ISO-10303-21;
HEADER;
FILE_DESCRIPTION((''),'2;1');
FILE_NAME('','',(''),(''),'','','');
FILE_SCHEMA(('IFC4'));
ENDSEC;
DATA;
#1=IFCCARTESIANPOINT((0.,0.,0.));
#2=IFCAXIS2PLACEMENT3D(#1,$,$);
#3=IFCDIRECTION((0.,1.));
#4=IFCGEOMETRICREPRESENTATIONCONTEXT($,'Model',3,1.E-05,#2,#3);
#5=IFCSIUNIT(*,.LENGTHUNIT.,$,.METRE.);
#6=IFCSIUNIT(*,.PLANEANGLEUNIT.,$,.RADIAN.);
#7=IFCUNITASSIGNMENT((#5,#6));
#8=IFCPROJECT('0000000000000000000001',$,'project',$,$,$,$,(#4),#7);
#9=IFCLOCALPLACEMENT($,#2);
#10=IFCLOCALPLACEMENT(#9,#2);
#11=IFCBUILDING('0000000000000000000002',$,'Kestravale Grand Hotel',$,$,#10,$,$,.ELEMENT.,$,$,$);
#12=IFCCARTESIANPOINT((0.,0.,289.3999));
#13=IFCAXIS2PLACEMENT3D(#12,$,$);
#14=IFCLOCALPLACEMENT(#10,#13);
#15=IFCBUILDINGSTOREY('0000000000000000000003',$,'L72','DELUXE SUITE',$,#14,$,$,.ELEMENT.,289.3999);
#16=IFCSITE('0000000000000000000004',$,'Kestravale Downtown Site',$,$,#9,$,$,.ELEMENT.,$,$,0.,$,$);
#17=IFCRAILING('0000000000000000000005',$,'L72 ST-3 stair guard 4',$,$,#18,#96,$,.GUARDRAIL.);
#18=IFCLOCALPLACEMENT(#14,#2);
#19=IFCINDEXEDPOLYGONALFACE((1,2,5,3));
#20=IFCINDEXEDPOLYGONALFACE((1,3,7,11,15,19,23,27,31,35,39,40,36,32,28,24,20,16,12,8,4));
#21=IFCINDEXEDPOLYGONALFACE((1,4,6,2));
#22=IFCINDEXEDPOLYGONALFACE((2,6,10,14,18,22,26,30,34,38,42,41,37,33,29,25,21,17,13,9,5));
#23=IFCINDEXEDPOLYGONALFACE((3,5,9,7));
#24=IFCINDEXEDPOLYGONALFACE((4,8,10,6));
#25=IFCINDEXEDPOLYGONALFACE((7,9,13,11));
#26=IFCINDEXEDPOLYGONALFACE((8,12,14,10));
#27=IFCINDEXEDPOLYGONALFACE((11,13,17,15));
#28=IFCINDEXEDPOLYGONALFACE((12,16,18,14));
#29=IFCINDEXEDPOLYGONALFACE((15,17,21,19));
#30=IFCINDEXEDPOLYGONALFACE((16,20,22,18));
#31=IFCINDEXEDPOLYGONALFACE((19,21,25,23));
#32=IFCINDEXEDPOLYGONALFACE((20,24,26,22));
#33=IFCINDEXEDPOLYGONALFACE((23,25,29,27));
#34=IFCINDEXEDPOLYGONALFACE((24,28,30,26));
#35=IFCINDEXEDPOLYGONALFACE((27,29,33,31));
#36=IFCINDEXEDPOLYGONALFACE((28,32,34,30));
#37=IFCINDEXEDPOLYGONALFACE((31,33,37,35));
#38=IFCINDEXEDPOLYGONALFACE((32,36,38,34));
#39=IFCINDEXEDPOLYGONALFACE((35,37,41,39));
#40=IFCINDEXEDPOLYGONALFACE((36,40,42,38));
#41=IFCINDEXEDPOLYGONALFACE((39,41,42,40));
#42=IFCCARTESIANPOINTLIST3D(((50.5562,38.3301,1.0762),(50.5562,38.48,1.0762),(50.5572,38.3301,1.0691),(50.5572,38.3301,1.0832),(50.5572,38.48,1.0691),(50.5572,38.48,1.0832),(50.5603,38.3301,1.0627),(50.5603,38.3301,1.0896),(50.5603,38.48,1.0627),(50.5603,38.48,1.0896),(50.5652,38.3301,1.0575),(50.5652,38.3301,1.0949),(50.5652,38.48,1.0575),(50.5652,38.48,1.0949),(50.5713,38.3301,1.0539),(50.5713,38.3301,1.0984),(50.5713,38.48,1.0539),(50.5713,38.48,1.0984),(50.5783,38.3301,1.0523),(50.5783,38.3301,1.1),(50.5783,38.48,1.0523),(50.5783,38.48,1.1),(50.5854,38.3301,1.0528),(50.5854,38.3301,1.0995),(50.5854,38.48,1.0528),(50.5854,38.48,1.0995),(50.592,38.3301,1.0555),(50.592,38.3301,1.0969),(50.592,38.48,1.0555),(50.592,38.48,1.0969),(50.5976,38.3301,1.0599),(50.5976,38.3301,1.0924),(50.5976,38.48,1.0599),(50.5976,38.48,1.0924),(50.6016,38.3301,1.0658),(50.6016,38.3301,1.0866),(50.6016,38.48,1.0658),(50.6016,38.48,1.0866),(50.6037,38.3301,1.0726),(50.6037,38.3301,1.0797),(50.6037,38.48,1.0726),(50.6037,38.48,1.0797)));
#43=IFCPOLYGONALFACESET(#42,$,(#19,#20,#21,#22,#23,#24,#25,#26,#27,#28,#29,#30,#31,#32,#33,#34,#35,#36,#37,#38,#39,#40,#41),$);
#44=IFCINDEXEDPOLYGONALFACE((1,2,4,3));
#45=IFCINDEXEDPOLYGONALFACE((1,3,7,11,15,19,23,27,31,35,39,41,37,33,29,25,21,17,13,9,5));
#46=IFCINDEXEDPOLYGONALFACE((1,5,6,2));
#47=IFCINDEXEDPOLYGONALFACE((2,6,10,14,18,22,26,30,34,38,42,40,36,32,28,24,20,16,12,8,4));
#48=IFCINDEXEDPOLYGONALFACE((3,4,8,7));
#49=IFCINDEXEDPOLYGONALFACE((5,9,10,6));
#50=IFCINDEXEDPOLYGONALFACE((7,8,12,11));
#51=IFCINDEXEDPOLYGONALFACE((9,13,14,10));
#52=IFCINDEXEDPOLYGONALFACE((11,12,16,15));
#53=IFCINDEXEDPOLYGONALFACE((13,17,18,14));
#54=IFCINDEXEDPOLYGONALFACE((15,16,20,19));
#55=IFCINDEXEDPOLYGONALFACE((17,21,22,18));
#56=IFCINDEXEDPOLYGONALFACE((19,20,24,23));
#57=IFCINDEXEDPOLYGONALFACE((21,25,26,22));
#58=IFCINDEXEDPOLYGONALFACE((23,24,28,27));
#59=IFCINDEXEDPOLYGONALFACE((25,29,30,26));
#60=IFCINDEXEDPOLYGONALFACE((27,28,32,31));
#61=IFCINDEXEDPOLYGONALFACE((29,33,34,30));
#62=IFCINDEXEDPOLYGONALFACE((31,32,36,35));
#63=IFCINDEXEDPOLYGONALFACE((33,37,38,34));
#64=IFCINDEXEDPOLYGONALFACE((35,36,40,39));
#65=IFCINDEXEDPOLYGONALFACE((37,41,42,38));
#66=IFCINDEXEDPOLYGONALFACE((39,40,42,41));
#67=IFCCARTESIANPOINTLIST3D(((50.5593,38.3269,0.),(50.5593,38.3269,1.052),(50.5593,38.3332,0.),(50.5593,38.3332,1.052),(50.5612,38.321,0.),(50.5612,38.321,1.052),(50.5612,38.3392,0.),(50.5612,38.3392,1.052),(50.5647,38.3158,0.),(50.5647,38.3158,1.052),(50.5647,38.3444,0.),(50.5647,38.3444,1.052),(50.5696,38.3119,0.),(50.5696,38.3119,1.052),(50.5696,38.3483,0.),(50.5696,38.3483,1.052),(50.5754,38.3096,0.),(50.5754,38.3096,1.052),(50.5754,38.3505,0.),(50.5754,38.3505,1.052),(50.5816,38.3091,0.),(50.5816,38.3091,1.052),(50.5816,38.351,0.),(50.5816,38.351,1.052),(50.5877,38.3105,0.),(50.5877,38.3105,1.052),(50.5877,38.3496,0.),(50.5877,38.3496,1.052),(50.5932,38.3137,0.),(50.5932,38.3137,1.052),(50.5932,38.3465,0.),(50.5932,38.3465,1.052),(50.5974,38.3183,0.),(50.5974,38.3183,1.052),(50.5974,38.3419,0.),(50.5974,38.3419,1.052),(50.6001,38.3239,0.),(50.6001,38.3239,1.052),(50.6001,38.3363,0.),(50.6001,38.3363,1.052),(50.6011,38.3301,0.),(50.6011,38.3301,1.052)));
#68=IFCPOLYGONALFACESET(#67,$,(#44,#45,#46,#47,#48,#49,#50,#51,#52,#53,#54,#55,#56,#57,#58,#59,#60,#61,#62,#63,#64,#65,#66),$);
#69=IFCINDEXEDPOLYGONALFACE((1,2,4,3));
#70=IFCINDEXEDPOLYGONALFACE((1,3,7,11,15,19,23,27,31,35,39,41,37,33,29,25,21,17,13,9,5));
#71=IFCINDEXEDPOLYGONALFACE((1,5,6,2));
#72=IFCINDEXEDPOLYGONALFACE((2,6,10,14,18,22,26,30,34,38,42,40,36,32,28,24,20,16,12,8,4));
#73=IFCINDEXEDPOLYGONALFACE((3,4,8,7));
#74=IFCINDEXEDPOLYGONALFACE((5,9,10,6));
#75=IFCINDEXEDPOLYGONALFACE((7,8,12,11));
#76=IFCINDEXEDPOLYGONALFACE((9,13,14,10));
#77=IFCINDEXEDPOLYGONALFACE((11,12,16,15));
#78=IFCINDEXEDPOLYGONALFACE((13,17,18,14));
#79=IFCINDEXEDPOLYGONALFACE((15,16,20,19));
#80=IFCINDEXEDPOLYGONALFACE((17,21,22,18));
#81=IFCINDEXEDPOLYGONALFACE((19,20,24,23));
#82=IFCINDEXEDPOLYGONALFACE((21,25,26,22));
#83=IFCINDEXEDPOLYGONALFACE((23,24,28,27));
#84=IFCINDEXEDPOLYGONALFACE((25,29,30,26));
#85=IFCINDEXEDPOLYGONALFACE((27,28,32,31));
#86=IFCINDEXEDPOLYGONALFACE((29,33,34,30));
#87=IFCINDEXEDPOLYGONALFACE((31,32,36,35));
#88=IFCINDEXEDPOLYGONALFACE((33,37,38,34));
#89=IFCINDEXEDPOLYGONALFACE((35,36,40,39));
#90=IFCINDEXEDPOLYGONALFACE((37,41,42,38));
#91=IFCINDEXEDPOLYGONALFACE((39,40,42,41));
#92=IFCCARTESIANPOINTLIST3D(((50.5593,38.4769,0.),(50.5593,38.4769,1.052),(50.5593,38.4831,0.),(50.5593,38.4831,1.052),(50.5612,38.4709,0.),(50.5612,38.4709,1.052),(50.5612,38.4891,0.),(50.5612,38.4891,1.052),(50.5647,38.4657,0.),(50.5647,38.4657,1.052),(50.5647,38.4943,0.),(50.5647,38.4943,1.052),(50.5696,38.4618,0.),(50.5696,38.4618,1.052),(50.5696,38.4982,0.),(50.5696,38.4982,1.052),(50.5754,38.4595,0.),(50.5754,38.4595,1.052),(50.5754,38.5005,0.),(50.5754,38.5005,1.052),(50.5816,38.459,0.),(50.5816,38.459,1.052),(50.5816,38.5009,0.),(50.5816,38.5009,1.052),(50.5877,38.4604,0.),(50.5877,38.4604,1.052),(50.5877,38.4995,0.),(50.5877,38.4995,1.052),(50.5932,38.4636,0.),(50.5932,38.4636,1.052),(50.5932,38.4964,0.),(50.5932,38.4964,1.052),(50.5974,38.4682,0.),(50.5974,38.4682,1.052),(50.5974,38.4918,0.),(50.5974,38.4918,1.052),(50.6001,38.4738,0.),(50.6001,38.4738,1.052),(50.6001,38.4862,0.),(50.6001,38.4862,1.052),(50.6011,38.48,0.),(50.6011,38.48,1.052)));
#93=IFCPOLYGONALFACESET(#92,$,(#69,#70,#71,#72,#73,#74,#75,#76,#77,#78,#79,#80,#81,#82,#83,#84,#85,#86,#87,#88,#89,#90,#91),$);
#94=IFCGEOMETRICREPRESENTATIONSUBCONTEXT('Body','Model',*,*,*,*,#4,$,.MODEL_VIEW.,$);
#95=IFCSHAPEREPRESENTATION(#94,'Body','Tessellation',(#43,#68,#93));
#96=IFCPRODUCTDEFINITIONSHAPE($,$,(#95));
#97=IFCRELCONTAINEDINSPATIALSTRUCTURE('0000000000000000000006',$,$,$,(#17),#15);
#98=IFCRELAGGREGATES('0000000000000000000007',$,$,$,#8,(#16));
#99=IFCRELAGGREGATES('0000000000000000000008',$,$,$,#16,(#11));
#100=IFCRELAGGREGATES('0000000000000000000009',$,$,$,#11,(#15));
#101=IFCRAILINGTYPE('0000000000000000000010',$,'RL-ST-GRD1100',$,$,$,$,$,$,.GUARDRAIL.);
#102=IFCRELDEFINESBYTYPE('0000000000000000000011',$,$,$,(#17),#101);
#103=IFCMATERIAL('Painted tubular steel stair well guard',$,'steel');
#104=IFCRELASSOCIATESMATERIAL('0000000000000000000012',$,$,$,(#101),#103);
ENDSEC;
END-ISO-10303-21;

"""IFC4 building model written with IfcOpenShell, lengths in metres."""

from ifc_helpers import new_model, si_unit, direction, frame, origin, origin_2d, place, context, subcontext, project, spatial, circle, extrude, material, type_object, element, save


model = new_model("IFC4")

# Units and contexts
model_context = context("Model", 3, precision=1e-05, world=origin(), true_north=direction((0.0, 1.0)))
body_context = subcontext(model_context, "Body", "Model", "MODEL_VIEW")
ifc_project = project(units=[si_unit("LENGTHUNIT", "METRE"), si_unit("PLANEANGLEUNIT", "RADIAN")], contexts=[model_context])

# Site, building, storey
site_placement = place(None, origin())
site = spatial("IfcSite", under=ifc_project, at=site_placement, Name="Kestravale Downtown Site", CompositionType="ELEMENT", RefElevation=0.0)
building_placement = place(site_placement, origin())
building = spatial("IfcBuilding", under=site, at=building_placement, Name="Kestravale Grand Hotel", CompositionType="ELEMENT")
storey_placement = place(building_placement, frame((0.0, 0.0, 289.3999)))
storey = spatial("IfcBuildingStorey", under=building, at=storey_placement, Name="L72", Description="DELUXE SUITE", CompositionType="ELEMENT", Elevation=289.3999)

# Railing
ifc_material_1 = material(Name="Painted tubular steel stair well guard", Category="steel")
railing_type_1 = type_object("IfcRailingType", Name="RL-ST-GRD1100", PredefinedType="GUARDRAIL", material=ifc_material_1)
railing_1_placement = place(storey_placement, frame((50.5801, 38.3301, 0.0)))
element("IfcRailing", 1, at=railing_1_placement, inside=storey, type_object=railing_type_1, Name="L72 ST-3 stair guard 4", PredefinedType="GUARDRAIL", context=body_context, shape_type="SweptSolid", body=[
    extrude(circle(Radius=0.0239, at=origin_2d()), frame((0.0, 0.0, 1.0762), z_axis=(0.0, 1.0, 0.0), x_axis=(-1.0, 0.0, 0.0)), (0.0, 0.0, 1.0), 0.1499),
    extrude(circle(Radius=0.021, at=origin_2d()), origin(), (0.0, 0.0, 1.0), 1.052),
    extrude(circle(Radius=0.021, at=origin_2d()), frame((0.0, 0.1499, 0.0)), (0.0, 0.0, 1.0), 1.052),
])

save(model, "model.ifc")
